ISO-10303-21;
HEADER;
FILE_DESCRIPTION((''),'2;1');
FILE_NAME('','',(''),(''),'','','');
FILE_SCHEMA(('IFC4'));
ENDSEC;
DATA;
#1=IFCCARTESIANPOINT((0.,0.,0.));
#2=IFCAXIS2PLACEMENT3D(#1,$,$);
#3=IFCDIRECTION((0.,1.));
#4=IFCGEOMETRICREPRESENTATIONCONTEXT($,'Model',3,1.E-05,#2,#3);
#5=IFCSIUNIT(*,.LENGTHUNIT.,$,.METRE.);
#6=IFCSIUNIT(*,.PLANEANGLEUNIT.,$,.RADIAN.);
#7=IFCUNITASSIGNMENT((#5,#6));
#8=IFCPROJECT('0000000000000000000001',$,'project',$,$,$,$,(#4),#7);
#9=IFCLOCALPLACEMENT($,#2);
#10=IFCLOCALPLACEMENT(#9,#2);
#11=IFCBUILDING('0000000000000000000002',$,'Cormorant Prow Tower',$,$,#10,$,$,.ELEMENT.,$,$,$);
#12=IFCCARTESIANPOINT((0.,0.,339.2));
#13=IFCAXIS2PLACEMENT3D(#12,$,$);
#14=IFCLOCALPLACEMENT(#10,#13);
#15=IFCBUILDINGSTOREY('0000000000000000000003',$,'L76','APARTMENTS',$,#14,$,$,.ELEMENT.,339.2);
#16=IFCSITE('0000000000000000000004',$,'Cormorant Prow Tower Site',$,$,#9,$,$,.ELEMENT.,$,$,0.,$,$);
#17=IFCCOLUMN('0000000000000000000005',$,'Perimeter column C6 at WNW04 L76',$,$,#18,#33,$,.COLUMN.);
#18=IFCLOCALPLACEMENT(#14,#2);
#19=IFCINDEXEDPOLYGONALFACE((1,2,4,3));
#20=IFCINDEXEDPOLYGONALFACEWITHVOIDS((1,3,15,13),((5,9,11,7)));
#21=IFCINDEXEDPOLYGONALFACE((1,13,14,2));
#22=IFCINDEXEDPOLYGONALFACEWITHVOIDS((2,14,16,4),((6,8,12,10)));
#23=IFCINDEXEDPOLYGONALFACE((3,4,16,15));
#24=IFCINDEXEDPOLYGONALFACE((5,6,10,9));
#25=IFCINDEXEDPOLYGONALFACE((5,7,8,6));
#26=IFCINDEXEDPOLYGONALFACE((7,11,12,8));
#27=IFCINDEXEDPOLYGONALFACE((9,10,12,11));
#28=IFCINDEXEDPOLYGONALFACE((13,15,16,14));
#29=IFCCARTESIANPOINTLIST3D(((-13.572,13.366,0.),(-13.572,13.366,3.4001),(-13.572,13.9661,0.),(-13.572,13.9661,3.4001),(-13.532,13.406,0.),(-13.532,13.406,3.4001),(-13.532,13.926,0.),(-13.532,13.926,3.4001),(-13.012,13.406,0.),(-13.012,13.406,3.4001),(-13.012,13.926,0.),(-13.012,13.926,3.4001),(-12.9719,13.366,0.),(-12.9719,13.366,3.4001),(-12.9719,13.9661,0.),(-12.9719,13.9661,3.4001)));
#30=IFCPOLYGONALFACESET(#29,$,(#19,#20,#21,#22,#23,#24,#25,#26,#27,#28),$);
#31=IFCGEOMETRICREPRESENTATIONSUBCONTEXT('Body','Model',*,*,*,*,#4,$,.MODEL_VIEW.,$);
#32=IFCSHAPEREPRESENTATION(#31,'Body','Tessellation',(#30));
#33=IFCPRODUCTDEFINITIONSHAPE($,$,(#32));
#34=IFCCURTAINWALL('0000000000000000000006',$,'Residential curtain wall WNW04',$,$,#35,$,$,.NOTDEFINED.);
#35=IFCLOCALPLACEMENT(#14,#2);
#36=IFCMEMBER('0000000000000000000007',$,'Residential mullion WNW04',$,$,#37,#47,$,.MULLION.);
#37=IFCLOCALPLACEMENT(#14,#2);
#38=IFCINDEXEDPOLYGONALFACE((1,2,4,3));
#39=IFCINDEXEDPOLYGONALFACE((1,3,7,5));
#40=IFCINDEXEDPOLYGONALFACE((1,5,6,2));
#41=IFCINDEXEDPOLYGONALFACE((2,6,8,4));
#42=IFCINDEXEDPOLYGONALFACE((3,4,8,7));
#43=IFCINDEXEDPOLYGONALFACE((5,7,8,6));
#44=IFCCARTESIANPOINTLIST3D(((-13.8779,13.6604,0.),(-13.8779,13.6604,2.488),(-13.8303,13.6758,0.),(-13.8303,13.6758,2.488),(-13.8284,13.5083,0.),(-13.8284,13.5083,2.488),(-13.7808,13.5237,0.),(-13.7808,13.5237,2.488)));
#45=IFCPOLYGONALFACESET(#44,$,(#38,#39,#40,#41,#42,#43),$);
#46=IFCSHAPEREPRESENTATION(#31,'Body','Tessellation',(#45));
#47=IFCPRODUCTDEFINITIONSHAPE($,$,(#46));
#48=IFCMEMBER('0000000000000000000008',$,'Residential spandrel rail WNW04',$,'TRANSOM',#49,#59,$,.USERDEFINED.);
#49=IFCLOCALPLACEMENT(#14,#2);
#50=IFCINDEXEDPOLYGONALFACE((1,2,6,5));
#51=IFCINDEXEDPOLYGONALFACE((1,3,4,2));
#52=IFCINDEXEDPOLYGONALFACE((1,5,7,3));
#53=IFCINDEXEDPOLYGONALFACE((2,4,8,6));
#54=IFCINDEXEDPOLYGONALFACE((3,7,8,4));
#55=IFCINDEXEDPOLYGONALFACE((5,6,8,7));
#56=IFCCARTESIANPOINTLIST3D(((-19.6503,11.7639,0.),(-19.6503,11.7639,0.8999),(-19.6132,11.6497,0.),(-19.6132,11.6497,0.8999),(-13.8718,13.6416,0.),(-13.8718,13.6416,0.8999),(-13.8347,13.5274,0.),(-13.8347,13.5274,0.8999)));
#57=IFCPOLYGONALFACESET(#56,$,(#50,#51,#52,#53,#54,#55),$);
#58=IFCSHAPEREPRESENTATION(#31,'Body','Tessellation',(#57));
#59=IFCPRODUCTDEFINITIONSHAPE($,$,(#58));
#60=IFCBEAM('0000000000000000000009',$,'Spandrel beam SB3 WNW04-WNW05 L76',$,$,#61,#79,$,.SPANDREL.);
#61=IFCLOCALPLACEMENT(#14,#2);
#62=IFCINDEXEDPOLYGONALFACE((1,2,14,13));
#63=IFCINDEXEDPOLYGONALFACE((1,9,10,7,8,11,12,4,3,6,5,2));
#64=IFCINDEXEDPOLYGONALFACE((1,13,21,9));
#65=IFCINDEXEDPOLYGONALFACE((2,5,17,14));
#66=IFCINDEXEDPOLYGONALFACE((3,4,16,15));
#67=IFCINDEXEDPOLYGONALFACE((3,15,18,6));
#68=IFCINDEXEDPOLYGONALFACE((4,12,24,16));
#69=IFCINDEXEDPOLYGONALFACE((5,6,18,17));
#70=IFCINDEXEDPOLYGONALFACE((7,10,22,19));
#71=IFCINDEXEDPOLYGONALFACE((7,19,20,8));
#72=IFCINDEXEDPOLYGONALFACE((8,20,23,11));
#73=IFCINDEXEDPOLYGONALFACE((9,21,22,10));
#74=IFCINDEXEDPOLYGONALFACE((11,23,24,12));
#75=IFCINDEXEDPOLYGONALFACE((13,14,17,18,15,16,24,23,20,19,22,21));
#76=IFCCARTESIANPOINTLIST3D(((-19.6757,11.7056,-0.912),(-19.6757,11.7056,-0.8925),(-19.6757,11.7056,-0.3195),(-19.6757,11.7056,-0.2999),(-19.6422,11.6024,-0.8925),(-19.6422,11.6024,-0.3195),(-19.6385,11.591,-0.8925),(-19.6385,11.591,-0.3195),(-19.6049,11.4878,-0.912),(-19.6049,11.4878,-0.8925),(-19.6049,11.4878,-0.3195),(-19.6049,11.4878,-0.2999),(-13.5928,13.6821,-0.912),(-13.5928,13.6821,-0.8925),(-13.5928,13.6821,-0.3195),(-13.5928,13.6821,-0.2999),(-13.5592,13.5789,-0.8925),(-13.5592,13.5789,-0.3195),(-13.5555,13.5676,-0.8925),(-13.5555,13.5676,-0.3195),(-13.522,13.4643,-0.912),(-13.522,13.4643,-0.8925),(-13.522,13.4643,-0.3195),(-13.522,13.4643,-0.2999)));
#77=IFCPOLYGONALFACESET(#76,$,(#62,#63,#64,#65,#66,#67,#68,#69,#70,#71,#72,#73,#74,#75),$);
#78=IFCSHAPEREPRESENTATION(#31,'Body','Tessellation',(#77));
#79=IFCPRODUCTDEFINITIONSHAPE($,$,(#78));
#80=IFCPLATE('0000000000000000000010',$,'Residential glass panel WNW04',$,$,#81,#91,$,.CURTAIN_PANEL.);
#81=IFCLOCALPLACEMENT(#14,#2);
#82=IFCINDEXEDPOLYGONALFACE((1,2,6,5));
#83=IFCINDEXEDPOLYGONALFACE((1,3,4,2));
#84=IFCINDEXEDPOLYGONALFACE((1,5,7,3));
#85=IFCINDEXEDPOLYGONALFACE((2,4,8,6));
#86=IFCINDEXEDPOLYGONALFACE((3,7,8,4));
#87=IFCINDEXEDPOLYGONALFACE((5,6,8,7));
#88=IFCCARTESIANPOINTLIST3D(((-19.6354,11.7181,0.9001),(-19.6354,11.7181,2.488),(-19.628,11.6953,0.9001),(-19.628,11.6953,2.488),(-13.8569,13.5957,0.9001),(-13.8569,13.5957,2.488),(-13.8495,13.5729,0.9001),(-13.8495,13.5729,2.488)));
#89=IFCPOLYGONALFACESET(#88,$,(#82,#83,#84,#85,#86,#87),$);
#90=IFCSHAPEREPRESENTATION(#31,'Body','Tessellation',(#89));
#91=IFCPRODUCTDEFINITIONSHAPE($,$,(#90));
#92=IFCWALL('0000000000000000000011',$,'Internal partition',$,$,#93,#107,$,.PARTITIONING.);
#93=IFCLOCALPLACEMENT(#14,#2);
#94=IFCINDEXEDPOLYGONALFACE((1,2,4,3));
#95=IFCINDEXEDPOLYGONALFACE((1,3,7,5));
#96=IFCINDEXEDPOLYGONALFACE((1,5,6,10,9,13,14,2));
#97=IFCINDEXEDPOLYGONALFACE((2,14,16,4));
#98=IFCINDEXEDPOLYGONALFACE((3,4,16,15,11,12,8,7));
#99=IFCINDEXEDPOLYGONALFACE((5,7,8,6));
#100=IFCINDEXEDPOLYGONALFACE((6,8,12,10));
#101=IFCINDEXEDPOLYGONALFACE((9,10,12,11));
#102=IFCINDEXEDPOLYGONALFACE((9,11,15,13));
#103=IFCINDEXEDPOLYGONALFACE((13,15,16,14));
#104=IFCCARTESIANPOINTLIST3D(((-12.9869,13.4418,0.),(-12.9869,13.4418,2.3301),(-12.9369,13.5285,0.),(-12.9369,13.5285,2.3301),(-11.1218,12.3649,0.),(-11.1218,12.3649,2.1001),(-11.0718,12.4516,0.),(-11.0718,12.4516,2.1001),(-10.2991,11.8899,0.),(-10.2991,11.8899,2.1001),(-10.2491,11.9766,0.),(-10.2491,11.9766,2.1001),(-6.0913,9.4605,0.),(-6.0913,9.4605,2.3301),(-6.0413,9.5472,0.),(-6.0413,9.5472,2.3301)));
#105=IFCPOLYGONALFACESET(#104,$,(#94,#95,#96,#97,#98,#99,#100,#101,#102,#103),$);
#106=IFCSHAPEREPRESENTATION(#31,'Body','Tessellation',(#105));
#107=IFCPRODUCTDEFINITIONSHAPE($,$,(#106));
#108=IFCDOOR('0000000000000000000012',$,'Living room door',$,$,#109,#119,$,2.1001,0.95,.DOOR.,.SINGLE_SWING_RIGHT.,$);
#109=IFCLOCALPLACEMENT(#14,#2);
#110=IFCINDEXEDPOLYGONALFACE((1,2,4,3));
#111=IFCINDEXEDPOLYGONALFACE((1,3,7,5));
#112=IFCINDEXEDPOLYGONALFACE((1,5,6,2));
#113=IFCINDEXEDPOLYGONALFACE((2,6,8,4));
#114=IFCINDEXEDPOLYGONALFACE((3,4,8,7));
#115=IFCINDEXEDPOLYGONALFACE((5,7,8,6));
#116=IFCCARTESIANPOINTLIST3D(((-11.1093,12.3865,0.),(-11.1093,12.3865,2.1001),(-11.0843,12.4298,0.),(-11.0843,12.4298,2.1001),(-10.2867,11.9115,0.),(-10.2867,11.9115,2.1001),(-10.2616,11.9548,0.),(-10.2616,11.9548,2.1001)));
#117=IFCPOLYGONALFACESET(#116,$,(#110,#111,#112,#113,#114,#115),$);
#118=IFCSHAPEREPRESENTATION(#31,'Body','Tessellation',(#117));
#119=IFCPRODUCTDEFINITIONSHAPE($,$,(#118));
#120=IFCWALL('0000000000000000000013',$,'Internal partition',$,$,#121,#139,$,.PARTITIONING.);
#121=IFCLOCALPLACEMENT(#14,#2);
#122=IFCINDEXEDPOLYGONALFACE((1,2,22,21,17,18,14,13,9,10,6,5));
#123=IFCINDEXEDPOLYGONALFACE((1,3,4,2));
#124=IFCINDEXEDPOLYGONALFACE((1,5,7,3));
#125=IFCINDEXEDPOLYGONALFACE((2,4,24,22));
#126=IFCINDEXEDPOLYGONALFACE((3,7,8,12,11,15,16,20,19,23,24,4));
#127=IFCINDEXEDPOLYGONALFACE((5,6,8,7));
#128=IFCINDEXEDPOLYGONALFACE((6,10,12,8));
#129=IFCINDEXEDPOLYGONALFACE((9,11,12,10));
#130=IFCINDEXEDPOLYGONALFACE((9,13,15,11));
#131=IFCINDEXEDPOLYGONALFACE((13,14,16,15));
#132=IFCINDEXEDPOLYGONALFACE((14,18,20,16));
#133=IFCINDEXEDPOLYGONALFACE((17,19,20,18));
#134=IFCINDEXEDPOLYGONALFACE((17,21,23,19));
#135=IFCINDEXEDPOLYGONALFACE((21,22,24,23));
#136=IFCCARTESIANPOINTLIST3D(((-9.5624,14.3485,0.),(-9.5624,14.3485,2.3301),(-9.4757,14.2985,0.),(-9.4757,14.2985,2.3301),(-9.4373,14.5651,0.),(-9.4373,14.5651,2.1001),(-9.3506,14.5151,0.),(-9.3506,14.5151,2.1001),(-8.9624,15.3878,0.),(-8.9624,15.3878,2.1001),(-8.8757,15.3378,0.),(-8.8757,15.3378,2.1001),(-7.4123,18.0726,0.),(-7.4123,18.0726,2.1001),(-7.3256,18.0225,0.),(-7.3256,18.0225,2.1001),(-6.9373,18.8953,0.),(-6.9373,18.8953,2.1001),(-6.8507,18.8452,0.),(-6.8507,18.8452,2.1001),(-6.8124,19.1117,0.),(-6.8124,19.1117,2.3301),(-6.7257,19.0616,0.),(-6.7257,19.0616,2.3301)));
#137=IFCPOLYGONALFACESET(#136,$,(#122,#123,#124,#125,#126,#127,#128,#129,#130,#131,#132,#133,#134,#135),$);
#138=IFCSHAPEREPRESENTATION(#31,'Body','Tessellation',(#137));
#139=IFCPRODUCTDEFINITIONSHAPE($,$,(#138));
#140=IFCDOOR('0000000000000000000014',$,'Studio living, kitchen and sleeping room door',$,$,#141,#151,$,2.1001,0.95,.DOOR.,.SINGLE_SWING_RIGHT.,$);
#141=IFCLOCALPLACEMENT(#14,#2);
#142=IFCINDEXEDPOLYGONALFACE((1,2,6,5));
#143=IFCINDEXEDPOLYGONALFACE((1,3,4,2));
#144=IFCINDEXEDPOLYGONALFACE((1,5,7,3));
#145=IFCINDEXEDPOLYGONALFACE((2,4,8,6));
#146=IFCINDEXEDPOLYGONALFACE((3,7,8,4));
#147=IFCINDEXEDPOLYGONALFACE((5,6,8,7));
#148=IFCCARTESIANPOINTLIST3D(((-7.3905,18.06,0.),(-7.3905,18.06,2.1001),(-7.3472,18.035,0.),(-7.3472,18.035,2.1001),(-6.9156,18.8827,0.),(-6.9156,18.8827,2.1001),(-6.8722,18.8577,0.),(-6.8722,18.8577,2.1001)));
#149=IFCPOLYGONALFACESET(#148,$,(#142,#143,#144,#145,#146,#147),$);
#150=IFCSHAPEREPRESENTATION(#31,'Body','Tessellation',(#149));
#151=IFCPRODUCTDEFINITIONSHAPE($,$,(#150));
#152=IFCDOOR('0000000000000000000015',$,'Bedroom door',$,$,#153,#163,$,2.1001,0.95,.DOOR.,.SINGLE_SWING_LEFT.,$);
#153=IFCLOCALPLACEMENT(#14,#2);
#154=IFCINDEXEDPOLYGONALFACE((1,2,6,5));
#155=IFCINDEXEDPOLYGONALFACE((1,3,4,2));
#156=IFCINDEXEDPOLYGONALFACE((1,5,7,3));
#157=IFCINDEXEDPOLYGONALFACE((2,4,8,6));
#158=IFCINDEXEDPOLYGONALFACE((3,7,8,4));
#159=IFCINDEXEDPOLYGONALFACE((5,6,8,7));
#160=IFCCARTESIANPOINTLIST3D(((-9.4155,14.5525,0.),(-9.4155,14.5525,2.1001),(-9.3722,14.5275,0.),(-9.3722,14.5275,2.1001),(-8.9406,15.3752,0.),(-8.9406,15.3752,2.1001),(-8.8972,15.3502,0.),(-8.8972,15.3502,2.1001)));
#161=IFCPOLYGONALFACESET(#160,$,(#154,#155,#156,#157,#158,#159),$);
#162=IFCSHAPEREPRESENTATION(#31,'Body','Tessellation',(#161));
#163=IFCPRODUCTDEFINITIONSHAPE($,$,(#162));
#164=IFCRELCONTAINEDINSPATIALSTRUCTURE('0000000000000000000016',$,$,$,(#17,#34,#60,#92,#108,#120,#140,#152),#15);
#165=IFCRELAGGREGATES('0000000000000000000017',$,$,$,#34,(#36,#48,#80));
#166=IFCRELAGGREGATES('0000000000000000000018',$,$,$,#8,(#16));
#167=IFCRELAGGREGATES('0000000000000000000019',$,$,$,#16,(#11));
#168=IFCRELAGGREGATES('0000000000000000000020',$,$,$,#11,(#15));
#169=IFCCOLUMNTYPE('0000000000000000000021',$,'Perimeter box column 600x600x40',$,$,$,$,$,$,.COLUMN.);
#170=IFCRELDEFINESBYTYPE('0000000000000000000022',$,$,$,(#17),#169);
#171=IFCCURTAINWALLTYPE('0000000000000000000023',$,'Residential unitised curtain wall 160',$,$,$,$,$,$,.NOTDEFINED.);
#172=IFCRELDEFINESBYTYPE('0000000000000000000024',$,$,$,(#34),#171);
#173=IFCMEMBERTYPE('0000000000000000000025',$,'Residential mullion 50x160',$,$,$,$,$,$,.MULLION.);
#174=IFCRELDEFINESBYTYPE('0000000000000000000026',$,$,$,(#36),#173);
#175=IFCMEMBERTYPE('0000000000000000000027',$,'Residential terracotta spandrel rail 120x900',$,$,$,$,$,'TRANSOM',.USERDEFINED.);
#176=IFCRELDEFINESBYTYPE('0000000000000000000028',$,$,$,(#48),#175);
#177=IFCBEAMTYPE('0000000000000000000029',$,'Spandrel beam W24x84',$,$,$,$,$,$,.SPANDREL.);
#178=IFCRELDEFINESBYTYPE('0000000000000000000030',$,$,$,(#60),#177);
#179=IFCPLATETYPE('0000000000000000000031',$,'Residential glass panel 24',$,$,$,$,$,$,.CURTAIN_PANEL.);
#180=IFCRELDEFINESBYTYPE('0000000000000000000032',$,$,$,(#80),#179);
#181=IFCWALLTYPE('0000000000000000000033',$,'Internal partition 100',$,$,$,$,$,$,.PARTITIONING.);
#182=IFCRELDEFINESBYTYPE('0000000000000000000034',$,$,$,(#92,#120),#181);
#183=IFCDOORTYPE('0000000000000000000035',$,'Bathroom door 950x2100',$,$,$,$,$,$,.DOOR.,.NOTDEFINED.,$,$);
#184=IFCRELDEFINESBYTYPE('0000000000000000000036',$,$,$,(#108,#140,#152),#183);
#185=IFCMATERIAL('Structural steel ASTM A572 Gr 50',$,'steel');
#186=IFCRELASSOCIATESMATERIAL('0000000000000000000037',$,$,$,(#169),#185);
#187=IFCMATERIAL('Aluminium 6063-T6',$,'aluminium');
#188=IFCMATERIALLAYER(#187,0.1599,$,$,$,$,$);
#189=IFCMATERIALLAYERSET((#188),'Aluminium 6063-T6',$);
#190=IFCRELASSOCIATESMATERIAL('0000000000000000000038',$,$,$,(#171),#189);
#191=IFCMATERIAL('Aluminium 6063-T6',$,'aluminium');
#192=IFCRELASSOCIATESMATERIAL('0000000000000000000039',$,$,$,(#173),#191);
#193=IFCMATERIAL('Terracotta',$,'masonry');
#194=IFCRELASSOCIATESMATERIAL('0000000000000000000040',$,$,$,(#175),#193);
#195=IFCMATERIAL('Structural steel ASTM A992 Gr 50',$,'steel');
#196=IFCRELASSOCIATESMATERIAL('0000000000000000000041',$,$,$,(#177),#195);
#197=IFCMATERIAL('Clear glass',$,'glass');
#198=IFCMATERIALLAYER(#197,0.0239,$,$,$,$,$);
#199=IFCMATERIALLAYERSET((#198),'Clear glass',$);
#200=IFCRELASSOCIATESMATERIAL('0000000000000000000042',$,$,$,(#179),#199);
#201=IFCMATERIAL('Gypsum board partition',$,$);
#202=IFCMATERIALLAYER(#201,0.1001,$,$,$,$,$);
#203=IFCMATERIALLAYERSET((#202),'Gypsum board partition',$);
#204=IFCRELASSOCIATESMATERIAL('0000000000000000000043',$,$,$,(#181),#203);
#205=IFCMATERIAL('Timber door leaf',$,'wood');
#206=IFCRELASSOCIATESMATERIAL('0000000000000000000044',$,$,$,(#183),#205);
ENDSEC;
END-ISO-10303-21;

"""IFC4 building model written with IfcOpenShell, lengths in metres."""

from ifc_helpers import new_model, si_unit, direction, frame, frame_2d, origin, origin_2d, place, context, subcontext, project, spatial, rectangle, hollow_rectangle, i_section, extrude, material, layer, layer_set, material_profile, profile_set, type_object, element, fill, aggregate, save


model = new_model("IFC4")

# Units and contexts
model_context = context("Model", 3, precision=1e-05, world=origin(), true_north=direction((0.0, 1.0)))
body_context = subcontext(model_context, "Body", "Model", "MODEL_VIEW")
ifc_project = project(units=[si_unit("LENGTHUNIT", "METRE"), si_unit("PLANEANGLEUNIT", "RADIAN")], contexts=[model_context])

# Site, building, storey
site_placement = place(None, origin())
site = spatial("IfcSite", under=ifc_project, at=site_placement, Name="Cormorant Prow Tower Site", CompositionType="ELEMENT", RefElevation=0.0)
building_placement = place(site_placement, origin())
building = spatial("IfcBuilding", under=site, at=building_placement, Name="Cormorant Prow Tower", CompositionType="ELEMENT")
storey_placement = place(building_placement, frame((0.0, 0.0, 339.2)))
storey = spatial("IfcBuildingStorey", under=building, at=storey_placement, Name="L76", Description="APARTMENTS", CompositionType="ELEMENT", Elevation=339.2)

# Column
ifc_material_1 = material(Name="Structural steel ASTM A572 Gr 50", Category="steel")
ifc_material_profile_1 = material_profile(ifc_material_1, hollow_rectangle(XDim=0.6001, YDim=0.6001, WallThickness=0.04, at=origin_2d()), Name="Box 600x600x40")
ifc_profile_set_1 = profile_set([ifc_material_profile_1], Name="Structural steel ASTM A572 Gr 50")
column_type = type_object("IfcColumnType", Name="Perimeter box column 600x600x40", PredefinedType="COLUMN", material=ifc_profile_set_1)
column_placement = place(storey_placement, frame((-13.272, 13.666, 0.0), z_axis=(0.0, 0.0, 1.0), x_axis=(1.0, 0.0, 0.0)))
element("IfcColumn", 1, at=column_placement, inside=storey, type_object=column_type, Name="Perimeter column C6 at WNW04 L76", PredefinedType="COLUMN", context=body_context, shape_type="SweptSolid", body=[
    extrude(hollow_rectangle(XDim=0.6001, YDim=0.6001, WallThickness=0.04, at=origin_2d()), origin(), (0.0, 0.0, 1.0), 3.4001),
])

# Curtain wall, members
ifc_material_2 = material(Name="Aluminium 6063-T6", Category="aluminium")
ifc_layer_1 = layer(ifc_material_2, 0.1599)
ifc_layer_set_1 = layer_set([ifc_layer_1], Name="Aluminium 6063-T6")
curtain_wall_type = type_object("IfcCurtainWallType", Name="Residential unitised curtain wall 160", PredefinedType="NOTDEFINED", material=ifc_layer_set_1)
curtain_wall_placement = place(storey_placement, origin())
curtain_wall = element("IfcCurtainWall", 2, at=curtain_wall_placement, inside=storey, type_object=curtain_wall_type, Name="Residential curtain wall WNW04", PredefinedType="NOTDEFINED")
ifc_material_3 = material(Name="Aluminium 6063-T6", Category="aluminium")
ifc_material_profile_2 = material_profile(ifc_material_3, rectangle(XDim=0.1599, YDim=0.05, at=origin_2d()), Name="Residential mullion 50x160")
ifc_profile_set_2 = profile_set([ifc_material_profile_2], Name="Aluminium 6063-T6")
member_type_1 = type_object("IfcMemberType", Name="Residential mullion 50x160", PredefinedType="MULLION", material=ifc_profile_set_2)
member_1_placement = place(storey_placement, frame((-13.8293, 13.592, 0.0), z_axis=(0.0, 0.0, 1.0), x_axis=(0.309017, -0.951057, 0.0)))
member_1 = element("IfcMember", 3, at=member_1_placement, type_object=member_type_1, Name="Residential mullion WNW04", PredefinedType="MULLION", context=body_context, shape_type="SweptSolid", body=[
    extrude(rectangle(XDim=0.1599, YDim=0.05, at=origin_2d()), origin(), (0.0, 0.0, 1.0), 2.488),
])
ifc_material_4 = material(Name="Terracotta", Category="masonry")
ifc_material_profile_3 = material_profile(ifc_material_4, rectangle(XDim=0.1201, YDim=0.8999, at=origin_2d()), Name="Residential terracotta spandrel rail 120x900")
ifc_profile_set_3 = profile_set([ifc_material_profile_3], Name="Terracotta")
member_type_2 = type_object("IfcMemberType", Name="Residential terracotta spandrel rail 120x900", ElementType="TRANSOM", PredefinedType="USERDEFINED", material=ifc_profile_set_3)
member_2_placement = place(storey_placement, frame((-13.8533, 13.5845, 0.45), z_axis=(-0.951051, -0.309034, 0.0), x_axis=(0.309034, -0.951051, 0.0)))
member_2 = element("IfcMember", 4, at=member_2_placement, type_object=member_type_2, Name="Residential spandrel rail WNW04", ObjectType="TRANSOM", PredefinedType="USERDEFINED", context=body_context, shape_type="SweptSolid", body=[
    extrude(rectangle(XDim=0.1201, YDim=0.8999, at=origin_2d()), origin(), (0.0, 0.0, 1.0), 6.0759),
])

# Beam
ifc_material_5 = material(Name="Structural steel ASTM A992 Gr 50", Category="steel")
ifc_material_profile_4 = material_profile(ifc_material_5, i_section(OverallWidth=0.229, OverallDepth=0.6121, WebThickness=0.012, FlangeThickness=0.0195, at=origin_2d()), Name="W24x84")
ifc_profile_set_4 = profile_set([ifc_material_profile_4], Name="Structural steel ASTM A992 Gr 50")
beam_type = type_object("IfcBeamType", Name="Spandrel beam W24x84", PredefinedType="SPANDREL", material=ifc_profile_set_4)
beam_placement = place(storey_placement, frame((-13.5574, 13.5732, -0.606), z_axis=(-0.951053, -0.309027, 0.0), x_axis=(0.309027, -0.951053, 0.0)))
element("IfcBeam", 5, at=beam_placement, inside=storey, type_object=beam_type, Name="Spandrel beam SB3 WNW04-WNW05 L76", PredefinedType="SPANDREL", context=body_context, shape_type="SweptSolid", body=[
    extrude(i_section(OverallWidth=0.229, OverallDepth=0.6121, WebThickness=0.012, FlangeThickness=0.0195, at=origin_2d()), origin(), (0.0, 0.0, 1.0), 6.396),
])

# Plate
ifc_material_6 = material(Name="Clear glass", Category="glass")
ifc_layer_2 = layer(ifc_material_6, 0.0239)
ifc_layer_set_2 = layer_set([ifc_layer_2], Name="Clear glass")
plate_type = type_object("IfcPlateType", Name="Residential glass panel 24", PredefinedType="CURTAIN_PANEL", material=ifc_layer_set_2)
plate_placement = place(storey_placement, frame((-16.7424, 12.6455, 0.9001), z_axis=(0.0, 0.0, 1.0), x_axis=(-0.951057, -0.309017, 0.0)))
plate = element("IfcPlate", 6, at=plate_placement, type_object=plate_type, Name="Residential glass panel WNW04", PredefinedType="CURTAIN_PANEL", context=body_context, shape_type="SweptSolid", body=[
    extrude(rectangle(XDim=6.0759, YDim=0.0239, at=origin_2d()), origin(), (0.0, 0.0, 1.0), 1.5879),
])
aggregate(curtain_wall, [member_1, member_2, plate])

# Wall, opening, door
ifc_material_7 = material(Name="Gypsum board partition")
ifc_layer_3 = layer(ifc_material_7, 0.1001)
ifc_layer_set_3 = layer_set([ifc_layer_3], Name="Gypsum board partition")
wall_type_1 = type_object("IfcWallType", Name="Internal partition 100", PredefinedType="PARTITIONING", material=ifc_layer_set_3)
wall_1_placement = place(storey_placement, frame((-12.9619, 13.4851, 0.0), z_axis=(0.0, 0.0, 1.0), x_axis=(0.866021, -0.500007, 0.0)))
wall_1 = element("IfcWall", 7, at=wall_1_placement, inside=storey, type_object=wall_type_1, Name="Internal partition", PredefinedType="PARTITIONING", context=body_context, shape_type="SweptSolid", body=[
    extrude(rectangle(XDim=7.9624, YDim=0.1001, at=frame_2d((3.9812, 0.0))), origin(), (0.0, 0.0, 1.0), 2.3301),
])
opening_1_placement = place(wall_1_placement, frame((2.1536, 0.0, 0.0)))
opening_1 = element("IfcOpeningElement", 8, at=opening_1_placement, cuts=wall_1, PredefinedType="OPENING", context=body_context, shape_type="SweptSolid", body=[
    extrude(rectangle(XDim=0.95, YDim=2.1001, at=frame_2d((0.4751, 1.05))), frame((0.0, 0.0601, 0.0), z_axis=(0.0, -1.0, 0.0), x_axis=(1.0, 0.0, 0.0)), (0.0, 0.0, 1.0), 0.1201),
])
ifc_material_8 = material(Name="Timber door leaf", Category="wood")
door_type_1 = type_object("IfcDoorType", Name="Bathroom door 950x2100", OperationType="NOTDEFINED", PredefinedType="DOOR", material=ifc_material_8)
door_1_placement = place(opening_1_placement, origin())
door_1 = element("IfcDoor", 9, at=door_1_placement, inside=storey, type_object=door_type_1, Name="Living room door", OperationType="SINGLE_SWING_RIGHT", OverallHeight=2.1001, OverallWidth=0.95, PredefinedType="DOOR", context=body_context, shape_type="SweptSolid", body=[
    extrude(rectangle(XDim=0.95, YDim=2.1001, at=frame_2d((0.4751, 1.05))), frame((0.0, 0.0249, 0.0), z_axis=(0.0, -1.0, 0.0), x_axis=(1.0, 0.0, 0.0)), (0.0, 0.0, 1.0), 0.05),
])
fill(opening_1, door_1)

# Wall, openings, doors
wall_2_placement = place(storey_placement, frame((-9.519, 14.3235, 0.0), z_axis=(0.0, 0.0, 1.0), x_axis=(0.499997, 0.866027, 0.0)))
wall_2 = element("IfcWall", 10, at=wall_2_placement, inside=storey, type_object=wall_type_1, Name="Internal partition", PredefinedType="PARTITIONING", context=body_context, shape_type="SweptSolid", body=[
    extrude(rectangle(XDim=5.5, YDim=0.1001, at=frame_2d((2.75, 0.0))), origin(), (0.0, 0.0, 1.0), 2.3301),
])
opening_2_placement = place(wall_2_placement, frame((4.3, 0.0, 0.0)))
opening_2 = element("IfcOpeningElement", 11, at=opening_2_placement, cuts=wall_2, PredefinedType="OPENING", context=body_context, shape_type="SweptSolid", body=[
    extrude(rectangle(XDim=0.95, YDim=2.1001, at=frame_2d((0.4751, 1.05))), frame((0.0, 0.0601, 0.0), z_axis=(0.0, -1.0, 0.0), x_axis=(1.0, 0.0, 0.0)), (0.0, 0.0, 1.0), 0.1201),
])
opening_3_placement = place(wall_2_placement, frame((0.25, 0.0, 0.0)))
opening_3 = element("IfcOpeningElement", 12, at=opening_3_placement, cuts=wall_2, PredefinedType="OPENING", context=body_context, shape_type="SweptSolid", body=[
    extrude(rectangle(XDim=0.95, YDim=2.1001, at=frame_2d((0.4751, 1.05))), frame((0.0, 0.0601, 0.0), z_axis=(0.0, -1.0, 0.0), x_axis=(1.0, 0.0, 0.0)), (0.0, 0.0, 1.0), 0.1201),
])
door_2_placement = place(opening_2_placement, origin())
door_2 = element("IfcDoor", 13, at=door_2_placement, inside=storey, type_object=door_type_1, Name="Studio living, kitchen and sleeping room door", OperationType="SINGLE_SWING_RIGHT", OverallHeight=2.1001, OverallWidth=0.95, PredefinedType="DOOR", context=body_context, shape_type="SweptSolid", body=[
    extrude(rectangle(XDim=0.95, YDim=2.1001, at=frame_2d((0.4751, 1.05))), frame((0.0, 0.0249, 0.0), z_axis=(0.0, -1.0, 0.0), x_axis=(1.0, 0.0, 0.0)), (0.0, 0.0, 1.0), 0.05),
])
fill(opening_2, door_2)
door_3_placement = place(opening_3_placement, origin())
door_3 = element("IfcDoor", 14, at=door_3_placement, inside=storey, type_object=door_type_1, Name="Bedroom door", OperationType="SINGLE_SWING_LEFT", OverallHeight=2.1001, OverallWidth=0.95, PredefinedType="DOOR", context=body_context, shape_type="SweptSolid", body=[
    extrude(rectangle(XDim=0.95, YDim=2.1001, at=frame_2d((0.4751, 1.05))), frame((0.0, 0.0249, 0.0), z_axis=(0.0, -1.0, 0.0), x_axis=(1.0, 0.0, 0.0)), (0.0, 0.0, 1.0), 0.05),
])
fill(opening_3, door_3)

save(model, "model.ifc")
